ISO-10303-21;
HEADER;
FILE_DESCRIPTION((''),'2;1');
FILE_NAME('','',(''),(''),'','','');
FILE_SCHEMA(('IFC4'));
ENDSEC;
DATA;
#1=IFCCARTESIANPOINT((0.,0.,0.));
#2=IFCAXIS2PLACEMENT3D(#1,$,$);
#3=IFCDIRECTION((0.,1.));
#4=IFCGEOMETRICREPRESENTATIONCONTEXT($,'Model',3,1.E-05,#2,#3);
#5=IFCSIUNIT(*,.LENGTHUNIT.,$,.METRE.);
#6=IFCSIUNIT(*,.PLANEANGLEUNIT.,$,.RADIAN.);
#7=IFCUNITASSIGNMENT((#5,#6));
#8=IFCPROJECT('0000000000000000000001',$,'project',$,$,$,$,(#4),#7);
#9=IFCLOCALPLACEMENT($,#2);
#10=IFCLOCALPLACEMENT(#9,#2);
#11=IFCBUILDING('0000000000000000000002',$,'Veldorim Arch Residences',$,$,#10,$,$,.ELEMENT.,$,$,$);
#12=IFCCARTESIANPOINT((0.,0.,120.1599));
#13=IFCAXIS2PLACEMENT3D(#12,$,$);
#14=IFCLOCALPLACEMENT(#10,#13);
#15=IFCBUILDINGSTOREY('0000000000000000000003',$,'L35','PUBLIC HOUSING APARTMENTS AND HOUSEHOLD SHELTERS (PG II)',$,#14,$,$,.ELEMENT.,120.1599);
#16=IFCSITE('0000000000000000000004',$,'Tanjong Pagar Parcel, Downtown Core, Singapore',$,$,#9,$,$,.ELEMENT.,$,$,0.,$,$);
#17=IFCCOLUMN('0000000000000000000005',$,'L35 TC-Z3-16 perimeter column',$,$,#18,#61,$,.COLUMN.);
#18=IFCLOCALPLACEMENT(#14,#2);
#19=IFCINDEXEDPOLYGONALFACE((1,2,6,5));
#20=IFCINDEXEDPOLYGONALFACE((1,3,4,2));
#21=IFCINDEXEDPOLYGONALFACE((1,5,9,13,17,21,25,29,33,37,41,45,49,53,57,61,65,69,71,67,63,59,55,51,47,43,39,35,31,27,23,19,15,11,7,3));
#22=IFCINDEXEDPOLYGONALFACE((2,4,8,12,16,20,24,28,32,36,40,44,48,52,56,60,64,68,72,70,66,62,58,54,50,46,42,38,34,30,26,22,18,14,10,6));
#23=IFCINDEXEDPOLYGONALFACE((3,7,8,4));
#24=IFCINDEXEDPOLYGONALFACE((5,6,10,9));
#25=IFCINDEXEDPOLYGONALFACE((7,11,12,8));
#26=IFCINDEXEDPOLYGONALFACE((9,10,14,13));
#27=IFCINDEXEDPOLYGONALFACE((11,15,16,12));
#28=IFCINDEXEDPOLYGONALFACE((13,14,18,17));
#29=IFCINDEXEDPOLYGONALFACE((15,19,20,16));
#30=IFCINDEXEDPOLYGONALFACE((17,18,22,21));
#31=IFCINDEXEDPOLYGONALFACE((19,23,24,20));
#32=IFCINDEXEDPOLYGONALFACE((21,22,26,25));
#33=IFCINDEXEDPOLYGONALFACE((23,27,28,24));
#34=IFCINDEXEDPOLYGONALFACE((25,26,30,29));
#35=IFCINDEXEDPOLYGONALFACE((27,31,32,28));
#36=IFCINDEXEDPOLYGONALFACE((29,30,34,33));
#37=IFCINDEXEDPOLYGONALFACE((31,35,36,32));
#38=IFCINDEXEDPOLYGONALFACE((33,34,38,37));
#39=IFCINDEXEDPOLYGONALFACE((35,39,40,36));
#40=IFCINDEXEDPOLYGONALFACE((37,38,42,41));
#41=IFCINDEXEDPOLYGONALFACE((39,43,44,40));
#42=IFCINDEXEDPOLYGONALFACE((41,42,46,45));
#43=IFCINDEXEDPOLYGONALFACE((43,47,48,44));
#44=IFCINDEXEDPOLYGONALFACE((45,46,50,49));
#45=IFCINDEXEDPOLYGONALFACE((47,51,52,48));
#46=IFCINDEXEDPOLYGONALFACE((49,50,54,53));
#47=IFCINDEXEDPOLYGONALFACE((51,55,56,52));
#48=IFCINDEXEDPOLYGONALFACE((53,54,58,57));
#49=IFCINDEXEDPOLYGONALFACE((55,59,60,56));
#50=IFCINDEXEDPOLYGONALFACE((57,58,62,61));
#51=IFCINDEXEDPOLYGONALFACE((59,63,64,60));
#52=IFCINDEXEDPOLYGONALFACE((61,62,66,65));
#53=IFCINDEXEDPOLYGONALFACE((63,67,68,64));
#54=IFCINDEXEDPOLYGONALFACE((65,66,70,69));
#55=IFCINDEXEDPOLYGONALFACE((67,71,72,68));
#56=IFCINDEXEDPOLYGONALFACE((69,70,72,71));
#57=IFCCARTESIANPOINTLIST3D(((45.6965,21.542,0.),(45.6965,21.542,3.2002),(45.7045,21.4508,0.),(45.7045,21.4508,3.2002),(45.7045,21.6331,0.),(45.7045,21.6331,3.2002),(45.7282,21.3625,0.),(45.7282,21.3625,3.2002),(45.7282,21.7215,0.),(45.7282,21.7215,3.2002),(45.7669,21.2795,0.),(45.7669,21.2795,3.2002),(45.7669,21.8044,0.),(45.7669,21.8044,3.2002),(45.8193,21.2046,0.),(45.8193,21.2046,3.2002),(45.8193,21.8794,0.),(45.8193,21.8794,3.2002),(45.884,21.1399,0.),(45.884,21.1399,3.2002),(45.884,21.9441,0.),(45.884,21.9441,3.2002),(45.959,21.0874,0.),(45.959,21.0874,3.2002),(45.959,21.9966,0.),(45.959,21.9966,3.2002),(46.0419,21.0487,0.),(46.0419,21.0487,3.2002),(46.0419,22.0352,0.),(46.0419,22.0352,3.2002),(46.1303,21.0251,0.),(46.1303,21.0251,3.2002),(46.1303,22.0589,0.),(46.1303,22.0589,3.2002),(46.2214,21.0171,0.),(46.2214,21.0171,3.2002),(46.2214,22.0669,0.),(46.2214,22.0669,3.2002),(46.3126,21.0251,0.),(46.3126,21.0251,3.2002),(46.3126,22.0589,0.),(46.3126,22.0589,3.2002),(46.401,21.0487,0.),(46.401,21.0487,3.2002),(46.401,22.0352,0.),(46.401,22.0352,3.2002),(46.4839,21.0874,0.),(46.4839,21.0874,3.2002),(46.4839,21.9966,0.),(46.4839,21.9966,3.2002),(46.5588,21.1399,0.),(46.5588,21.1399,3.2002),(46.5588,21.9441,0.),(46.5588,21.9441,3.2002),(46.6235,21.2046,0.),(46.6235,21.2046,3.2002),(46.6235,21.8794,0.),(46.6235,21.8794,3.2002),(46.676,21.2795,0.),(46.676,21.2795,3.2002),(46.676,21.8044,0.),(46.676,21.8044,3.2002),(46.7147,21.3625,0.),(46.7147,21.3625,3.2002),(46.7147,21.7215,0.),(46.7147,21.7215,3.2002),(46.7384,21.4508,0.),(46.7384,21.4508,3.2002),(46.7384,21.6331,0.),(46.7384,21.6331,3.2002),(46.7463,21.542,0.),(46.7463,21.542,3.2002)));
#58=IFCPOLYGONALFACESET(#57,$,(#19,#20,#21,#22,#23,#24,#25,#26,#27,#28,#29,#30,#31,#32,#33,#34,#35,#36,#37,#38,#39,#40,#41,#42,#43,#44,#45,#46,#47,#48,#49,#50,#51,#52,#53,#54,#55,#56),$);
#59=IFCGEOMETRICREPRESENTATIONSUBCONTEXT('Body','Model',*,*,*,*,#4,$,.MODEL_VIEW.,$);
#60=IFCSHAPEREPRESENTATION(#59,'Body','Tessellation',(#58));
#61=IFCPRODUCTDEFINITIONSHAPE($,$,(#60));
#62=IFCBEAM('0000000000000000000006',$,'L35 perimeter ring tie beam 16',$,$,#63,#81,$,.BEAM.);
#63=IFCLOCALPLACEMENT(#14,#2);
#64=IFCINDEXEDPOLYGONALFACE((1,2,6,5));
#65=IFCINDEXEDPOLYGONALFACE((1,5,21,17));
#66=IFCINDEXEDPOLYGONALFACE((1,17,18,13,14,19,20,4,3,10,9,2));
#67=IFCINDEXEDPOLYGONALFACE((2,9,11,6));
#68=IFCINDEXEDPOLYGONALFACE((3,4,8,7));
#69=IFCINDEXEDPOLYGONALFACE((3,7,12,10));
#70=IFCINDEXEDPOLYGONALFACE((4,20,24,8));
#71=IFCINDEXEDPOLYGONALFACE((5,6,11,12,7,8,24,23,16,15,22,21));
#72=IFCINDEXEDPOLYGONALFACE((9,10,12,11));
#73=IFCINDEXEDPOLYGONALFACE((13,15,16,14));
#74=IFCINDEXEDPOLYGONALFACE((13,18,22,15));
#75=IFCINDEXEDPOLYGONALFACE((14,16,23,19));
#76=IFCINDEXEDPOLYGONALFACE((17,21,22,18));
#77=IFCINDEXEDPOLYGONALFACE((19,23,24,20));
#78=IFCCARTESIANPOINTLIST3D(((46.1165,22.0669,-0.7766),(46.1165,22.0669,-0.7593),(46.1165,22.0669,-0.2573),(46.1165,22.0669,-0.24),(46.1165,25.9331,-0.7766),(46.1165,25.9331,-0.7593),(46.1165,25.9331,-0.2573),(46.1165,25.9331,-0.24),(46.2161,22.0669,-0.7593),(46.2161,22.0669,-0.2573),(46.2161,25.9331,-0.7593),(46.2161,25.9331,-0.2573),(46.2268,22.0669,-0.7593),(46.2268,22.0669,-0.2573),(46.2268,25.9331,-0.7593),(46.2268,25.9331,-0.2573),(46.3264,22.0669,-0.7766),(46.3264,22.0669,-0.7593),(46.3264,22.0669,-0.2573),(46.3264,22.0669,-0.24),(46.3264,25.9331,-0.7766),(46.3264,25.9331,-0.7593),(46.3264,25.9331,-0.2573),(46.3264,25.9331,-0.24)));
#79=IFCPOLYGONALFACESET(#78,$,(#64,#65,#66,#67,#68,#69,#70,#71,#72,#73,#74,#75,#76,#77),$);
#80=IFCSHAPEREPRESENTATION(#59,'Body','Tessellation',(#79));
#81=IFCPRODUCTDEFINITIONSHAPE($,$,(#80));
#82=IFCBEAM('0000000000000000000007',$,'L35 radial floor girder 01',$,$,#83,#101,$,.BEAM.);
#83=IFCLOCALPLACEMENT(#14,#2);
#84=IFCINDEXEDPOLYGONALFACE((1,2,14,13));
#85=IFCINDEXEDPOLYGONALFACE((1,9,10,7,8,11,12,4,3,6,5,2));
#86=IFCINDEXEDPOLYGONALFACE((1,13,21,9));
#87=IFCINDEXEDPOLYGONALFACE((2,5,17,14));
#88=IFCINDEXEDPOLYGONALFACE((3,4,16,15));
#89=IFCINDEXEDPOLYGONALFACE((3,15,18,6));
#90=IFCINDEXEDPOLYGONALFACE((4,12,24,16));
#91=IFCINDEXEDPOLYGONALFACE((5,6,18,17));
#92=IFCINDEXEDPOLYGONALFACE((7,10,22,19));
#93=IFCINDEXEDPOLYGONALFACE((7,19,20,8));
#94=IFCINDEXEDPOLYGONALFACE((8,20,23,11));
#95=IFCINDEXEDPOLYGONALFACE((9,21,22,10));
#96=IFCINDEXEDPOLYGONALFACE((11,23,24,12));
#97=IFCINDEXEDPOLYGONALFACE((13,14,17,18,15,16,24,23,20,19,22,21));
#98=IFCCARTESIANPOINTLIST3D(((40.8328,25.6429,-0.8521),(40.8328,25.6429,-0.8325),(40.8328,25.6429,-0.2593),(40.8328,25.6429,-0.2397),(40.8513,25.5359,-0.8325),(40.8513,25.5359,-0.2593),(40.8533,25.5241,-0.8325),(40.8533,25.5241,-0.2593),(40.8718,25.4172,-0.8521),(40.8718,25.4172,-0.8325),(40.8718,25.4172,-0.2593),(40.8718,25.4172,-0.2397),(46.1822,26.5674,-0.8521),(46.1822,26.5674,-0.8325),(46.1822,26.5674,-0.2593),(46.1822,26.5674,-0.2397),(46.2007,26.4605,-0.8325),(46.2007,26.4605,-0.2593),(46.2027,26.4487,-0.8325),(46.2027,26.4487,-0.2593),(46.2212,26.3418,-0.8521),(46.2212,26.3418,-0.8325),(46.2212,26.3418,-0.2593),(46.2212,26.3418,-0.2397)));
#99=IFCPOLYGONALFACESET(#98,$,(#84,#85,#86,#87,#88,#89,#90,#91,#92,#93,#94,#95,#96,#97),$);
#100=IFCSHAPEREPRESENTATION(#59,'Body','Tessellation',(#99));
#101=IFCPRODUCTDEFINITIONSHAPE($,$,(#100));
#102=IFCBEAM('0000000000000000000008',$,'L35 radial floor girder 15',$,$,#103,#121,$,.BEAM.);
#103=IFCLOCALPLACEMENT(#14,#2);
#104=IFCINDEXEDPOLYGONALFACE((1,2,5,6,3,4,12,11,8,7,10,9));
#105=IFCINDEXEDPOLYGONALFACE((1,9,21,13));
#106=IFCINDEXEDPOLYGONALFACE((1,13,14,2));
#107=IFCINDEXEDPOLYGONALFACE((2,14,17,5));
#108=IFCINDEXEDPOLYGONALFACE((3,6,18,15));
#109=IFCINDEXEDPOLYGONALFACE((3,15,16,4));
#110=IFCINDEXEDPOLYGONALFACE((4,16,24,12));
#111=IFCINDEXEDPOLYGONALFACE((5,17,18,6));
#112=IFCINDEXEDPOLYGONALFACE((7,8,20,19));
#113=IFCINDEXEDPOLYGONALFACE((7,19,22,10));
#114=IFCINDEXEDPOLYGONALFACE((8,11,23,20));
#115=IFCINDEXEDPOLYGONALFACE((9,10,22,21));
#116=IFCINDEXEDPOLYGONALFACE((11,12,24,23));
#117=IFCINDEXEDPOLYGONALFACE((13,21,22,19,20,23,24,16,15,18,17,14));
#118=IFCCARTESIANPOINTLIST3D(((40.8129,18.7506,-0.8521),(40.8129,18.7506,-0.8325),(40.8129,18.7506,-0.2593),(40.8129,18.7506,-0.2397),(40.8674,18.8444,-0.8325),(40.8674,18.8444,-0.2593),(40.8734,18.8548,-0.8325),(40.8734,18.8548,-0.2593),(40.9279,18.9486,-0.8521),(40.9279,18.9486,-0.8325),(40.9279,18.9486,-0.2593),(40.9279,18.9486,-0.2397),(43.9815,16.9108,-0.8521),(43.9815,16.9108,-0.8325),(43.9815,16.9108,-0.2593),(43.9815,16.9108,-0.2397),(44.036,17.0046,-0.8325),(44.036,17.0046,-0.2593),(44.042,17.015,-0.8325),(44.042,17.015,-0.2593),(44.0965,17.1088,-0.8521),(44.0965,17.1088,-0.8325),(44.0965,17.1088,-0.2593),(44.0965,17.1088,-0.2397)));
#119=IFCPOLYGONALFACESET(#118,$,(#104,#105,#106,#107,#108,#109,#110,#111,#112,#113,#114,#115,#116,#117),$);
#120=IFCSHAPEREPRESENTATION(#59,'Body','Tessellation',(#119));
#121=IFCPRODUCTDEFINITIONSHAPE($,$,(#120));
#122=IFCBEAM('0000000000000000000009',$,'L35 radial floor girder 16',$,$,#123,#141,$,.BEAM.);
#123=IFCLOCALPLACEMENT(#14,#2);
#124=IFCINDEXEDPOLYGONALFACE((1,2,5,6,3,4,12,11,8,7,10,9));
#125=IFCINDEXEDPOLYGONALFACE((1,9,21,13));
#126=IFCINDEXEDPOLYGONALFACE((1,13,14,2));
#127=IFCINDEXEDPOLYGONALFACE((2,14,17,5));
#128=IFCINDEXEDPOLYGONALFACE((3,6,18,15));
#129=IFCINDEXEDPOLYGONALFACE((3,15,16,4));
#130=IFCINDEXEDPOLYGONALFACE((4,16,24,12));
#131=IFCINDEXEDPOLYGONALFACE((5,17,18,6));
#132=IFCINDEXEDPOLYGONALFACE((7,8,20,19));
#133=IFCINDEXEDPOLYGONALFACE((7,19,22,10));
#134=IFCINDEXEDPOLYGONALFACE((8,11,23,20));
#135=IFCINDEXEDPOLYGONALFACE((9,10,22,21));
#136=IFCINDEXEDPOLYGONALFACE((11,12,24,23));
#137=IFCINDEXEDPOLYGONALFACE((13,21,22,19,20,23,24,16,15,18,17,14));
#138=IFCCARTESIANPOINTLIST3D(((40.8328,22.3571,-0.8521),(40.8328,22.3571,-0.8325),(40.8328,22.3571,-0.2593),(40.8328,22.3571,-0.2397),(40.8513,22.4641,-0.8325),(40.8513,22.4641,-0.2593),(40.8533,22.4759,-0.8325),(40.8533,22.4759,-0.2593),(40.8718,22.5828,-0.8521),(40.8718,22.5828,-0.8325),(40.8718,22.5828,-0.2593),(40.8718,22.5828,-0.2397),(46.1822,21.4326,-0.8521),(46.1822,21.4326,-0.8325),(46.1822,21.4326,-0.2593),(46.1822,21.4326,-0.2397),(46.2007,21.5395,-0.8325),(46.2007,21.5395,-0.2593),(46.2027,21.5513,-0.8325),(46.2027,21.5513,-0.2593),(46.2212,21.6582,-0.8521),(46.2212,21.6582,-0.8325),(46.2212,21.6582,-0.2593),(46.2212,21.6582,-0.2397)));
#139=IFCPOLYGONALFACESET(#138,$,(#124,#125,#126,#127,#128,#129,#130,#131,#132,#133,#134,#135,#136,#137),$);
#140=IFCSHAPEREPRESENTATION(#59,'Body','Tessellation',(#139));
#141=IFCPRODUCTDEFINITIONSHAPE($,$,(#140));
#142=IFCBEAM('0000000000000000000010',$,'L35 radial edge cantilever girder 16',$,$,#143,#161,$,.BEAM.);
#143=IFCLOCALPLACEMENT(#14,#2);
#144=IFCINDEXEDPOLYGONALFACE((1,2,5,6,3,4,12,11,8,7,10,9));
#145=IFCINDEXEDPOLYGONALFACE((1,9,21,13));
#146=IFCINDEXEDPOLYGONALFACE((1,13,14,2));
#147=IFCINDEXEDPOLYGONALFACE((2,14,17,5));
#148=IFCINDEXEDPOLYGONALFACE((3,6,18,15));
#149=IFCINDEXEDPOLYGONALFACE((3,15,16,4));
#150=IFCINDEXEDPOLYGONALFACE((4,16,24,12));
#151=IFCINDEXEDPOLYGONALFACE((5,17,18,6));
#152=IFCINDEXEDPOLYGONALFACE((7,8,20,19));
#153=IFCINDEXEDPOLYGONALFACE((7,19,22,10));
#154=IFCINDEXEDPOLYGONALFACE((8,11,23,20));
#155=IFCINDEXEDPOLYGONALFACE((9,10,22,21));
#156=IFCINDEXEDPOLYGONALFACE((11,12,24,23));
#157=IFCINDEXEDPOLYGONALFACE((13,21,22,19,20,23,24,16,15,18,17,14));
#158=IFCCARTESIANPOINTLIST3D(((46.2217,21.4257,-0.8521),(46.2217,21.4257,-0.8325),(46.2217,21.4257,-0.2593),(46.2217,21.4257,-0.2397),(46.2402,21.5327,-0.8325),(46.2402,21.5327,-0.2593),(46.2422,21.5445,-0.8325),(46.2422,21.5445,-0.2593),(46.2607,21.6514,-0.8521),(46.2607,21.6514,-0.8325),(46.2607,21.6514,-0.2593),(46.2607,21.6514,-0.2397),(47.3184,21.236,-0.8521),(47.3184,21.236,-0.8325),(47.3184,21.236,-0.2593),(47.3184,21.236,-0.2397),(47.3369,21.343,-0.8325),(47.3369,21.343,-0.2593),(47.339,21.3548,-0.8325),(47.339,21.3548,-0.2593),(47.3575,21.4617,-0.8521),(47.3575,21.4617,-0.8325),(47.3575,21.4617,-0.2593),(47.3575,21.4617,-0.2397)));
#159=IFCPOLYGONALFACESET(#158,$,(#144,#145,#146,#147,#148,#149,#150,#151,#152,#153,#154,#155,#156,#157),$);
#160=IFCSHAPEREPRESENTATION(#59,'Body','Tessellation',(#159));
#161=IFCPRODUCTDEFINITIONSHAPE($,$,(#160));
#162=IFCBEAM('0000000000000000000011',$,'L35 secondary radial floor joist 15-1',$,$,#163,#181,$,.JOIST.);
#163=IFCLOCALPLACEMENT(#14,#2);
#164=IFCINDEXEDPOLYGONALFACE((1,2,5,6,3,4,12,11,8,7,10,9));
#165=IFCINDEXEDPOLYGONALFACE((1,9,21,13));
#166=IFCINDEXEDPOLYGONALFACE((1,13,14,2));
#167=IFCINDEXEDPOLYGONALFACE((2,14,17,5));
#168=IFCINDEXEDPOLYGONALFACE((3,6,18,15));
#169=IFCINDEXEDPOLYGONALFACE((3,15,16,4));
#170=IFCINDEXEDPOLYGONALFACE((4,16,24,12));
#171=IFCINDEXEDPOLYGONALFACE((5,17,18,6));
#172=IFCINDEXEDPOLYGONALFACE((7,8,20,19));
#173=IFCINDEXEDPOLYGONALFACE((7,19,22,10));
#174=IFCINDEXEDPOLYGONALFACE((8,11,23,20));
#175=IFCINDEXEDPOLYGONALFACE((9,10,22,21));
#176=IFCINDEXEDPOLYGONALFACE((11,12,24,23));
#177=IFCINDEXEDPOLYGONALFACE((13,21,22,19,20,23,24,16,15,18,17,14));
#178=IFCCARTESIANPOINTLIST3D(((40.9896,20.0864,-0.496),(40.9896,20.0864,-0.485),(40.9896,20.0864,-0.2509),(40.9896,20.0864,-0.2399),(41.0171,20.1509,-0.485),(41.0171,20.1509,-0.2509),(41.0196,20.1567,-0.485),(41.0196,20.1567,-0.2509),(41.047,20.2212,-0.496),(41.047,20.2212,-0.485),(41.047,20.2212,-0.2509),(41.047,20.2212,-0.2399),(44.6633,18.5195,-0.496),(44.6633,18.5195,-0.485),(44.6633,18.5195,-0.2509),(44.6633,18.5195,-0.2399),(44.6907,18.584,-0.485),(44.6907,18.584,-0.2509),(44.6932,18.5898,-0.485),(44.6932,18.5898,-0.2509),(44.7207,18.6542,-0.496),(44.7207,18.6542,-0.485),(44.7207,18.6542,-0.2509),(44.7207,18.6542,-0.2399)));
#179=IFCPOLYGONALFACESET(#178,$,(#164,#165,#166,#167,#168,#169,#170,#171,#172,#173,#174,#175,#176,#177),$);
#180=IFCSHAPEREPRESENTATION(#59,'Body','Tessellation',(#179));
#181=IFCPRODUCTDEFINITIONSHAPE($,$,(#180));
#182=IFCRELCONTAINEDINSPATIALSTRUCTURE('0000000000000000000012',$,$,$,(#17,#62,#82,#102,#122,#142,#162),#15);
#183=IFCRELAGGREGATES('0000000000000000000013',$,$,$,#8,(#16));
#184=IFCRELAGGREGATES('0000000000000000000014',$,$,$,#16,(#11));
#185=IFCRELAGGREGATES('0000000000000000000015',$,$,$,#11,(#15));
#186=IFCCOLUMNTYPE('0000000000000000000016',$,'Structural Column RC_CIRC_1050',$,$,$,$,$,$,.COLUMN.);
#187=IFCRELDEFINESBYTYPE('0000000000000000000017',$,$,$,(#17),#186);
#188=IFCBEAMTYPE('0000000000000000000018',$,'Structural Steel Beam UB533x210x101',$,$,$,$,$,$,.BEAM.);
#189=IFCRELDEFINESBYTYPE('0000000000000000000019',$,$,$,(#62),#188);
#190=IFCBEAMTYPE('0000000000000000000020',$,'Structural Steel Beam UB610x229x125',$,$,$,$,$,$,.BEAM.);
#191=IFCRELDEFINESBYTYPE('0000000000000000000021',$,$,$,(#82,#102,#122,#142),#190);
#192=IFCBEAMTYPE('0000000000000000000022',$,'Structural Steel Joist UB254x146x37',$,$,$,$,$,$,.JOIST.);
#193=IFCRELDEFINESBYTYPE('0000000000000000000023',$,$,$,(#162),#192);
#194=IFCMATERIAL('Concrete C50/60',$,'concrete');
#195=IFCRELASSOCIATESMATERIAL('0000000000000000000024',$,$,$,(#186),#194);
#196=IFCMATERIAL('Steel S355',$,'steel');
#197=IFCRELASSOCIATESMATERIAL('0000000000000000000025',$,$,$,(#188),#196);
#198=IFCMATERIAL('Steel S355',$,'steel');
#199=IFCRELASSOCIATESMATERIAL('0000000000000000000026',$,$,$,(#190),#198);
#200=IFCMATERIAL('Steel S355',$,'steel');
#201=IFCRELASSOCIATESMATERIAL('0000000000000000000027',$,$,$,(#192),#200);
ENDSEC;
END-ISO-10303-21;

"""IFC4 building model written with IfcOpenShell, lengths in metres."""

from ifc_helpers import new_model, si_unit, direction, frame, origin, origin_2d, place, context, subcontext, project, spatial, circle, i_section, extrude, material, material_profile, profile_set, type_object, element, save


model = new_model("IFC4")

# Units and contexts
model_context = context("Model", 3, precision=1e-05, world=origin(), true_north=direction((0.0, 1.0)))
body_context = subcontext(model_context, "Body", "Model", "MODEL_VIEW")
ifc_project = project(units=[si_unit("LENGTHUNIT", "METRE"), si_unit("PLANEANGLEUNIT", "RADIAN")], contexts=[model_context])

# Site, building, storey
site_placement = place(None, origin())
site = spatial("IfcSite", under=ifc_project, at=site_placement, Name="Tanjong Pagar Parcel, Downtown Core, Singapore", CompositionType="ELEMENT", RefElevation=0.0)
building_placement = place(site_placement, origin())
building = spatial("IfcBuilding", under=site, at=building_placement, Name="Veldorim Arch Residences", CompositionType="ELEMENT")
storey_placement = place(building_placement, frame((0.0, 0.0, 120.1599)))
storey = spatial("IfcBuildingStorey", under=building, at=storey_placement, Name="L35", Description="PUBLIC HOUSING APARTMENTS AND HOUSEHOLD SHELTERS (PG II)", CompositionType="ELEMENT", Elevation=120.1599)

# Column
ifc_material_1 = material(Name="Concrete C50/60", Category="concrete")
ifc_material_profile_1 = material_profile(ifc_material_1, circle(Radius=0.5249, at=origin_2d()), Name="RC_CIRC_1050")
ifc_profile_set_1 = profile_set([ifc_material_profile_1], Name="Concrete C50/60")
column_type = type_object("IfcColumnType", Name="Structural Column RC_CIRC_1050", PredefinedType="COLUMN", material=ifc_profile_set_1)
column_placement = place(storey_placement, frame((46.2214, 21.542, 0.0), z_axis=(0.0, 0.0, 1.0), x_axis=(1.0, 0.0, 0.0)))
element("IfcColumn", 1, at=column_placement, inside=storey, type_object=column_type, Name="L35 TC-Z3-16 perimeter column", PredefinedType="COLUMN", context=body_context, shape_type="SweptSolid", body=[
    extrude(circle(Radius=0.5249, at=origin_2d()), origin(), (0.0, 0.0, 1.0), 3.2002),
])

# Beams
ifc_material_2 = material(Name="Steel S355", Category="steel")
ifc_material_profile_2 = material_profile(ifc_material_2, i_section(OverallWidth=0.21, OverallDepth=0.5366, WebThickness=0.0107, FlangeThickness=0.0173, at=origin_2d()), Name="UB533x210x101")
ifc_profile_set_2 = profile_set([ifc_material_profile_2], Name="Steel S355")
beam_type_1 = type_object("IfcBeamType", Name="Structural Steel Beam UB533x210x101", PredefinedType="BEAM", material=ifc_profile_set_2)
beam_1_placement = place(storey_placement, frame((46.2214, 22.0669, -0.5083), z_axis=(0.0, 1.0, 0.0), x_axis=(-1.0, 0.0, 0.0)))
element("IfcBeam", 2, at=beam_1_placement, inside=storey, type_object=beam_type_1, Name="L35 perimeter ring tie beam 16", PredefinedType="BEAM", context=body_context, shape_type="SweptSolid", body=[
    extrude(i_section(OverallWidth=0.21, OverallDepth=0.5366, WebThickness=0.0107, FlangeThickness=0.0173, at=origin_2d()), origin(), (0.0, 0.0, 1.0), 3.8662),
])
ifc_material_3 = material(Name="Steel S355", Category="steel")
ifc_material_profile_3 = material_profile(ifc_material_3, i_section(OverallWidth=0.229, OverallDepth=0.6123, WebThickness=0.012, FlangeThickness=0.0195, at=origin_2d()), Name="UB610x229x125")
ifc_profile_set_3 = profile_set([ifc_material_profile_3], Name="Steel S355")
beam_type_2 = type_object("IfcBeamType", Name="Structural Steel Beam UB610x229x125", PredefinedType="BEAM", material=ifc_profile_set_3)
beam_2_placement = place(storey_placement, frame((40.8523, 25.53, -0.5459), z_axis=(0.98539, 0.170311, 0.0), x_axis=(-0.170311, 0.98539, 0.0)))
element("IfcBeam", 3, at=beam_2_placement, inside=storey, type_object=beam_type_2, Name="L35 radial floor girder 01", PredefinedType="BEAM", context=body_context, shape_type="SweptSolid", body=[
    extrude(i_section(OverallWidth=0.229, OverallDepth=0.6123, WebThickness=0.012, FlangeThickness=0.0195, at=origin_2d()), origin(), (0.0, 0.0, 1.0), 5.4287),
])
beam_3_placement = place(storey_placement, frame((40.8704, 18.8496, -0.5459), z_axis=(0.864795, -0.502126, 0.0), x_axis=(0.502126, 0.864795, 0.0)))
element("IfcBeam", 4, at=beam_3_placement, inside=storey, type_object=beam_type_2, Name="L35 radial floor girder 15", PredefinedType="BEAM", context=body_context, shape_type="SweptSolid", body=[
    extrude(i_section(OverallWidth=0.229, OverallDepth=0.6123, WebThickness=0.012, FlangeThickness=0.0195, at=origin_2d()), origin(), (0.0, 0.0, 1.0), 3.6641),
])
beam_4_placement = place(storey_placement, frame((40.8523, 22.47, -0.5459), z_axis=(0.98539, -0.170311, 0.0), x_axis=(0.170311, 0.98539, 0.0)))
element("IfcBeam", 5, at=beam_4_placement, inside=storey, type_object=beam_type_2, Name="L35 radial floor girder 16", PredefinedType="BEAM", context=body_context, shape_type="SweptSolid", body=[
    extrude(i_section(OverallWidth=0.229, OverallDepth=0.6123, WebThickness=0.012, FlangeThickness=0.0195, at=origin_2d()), origin(), (0.0, 0.0, 1.0), 5.4287),
])
beam_5_placement = place(storey_placement, frame((46.2412, 21.5386, -0.5459), z_axis=(0.985368, -0.170443, 0.0), x_axis=(0.170443, 0.985368, 0.0)))
element("IfcBeam", 6, at=beam_5_placement, inside=storey, type_object=beam_type_2, Name="L35 radial edge cantilever girder 16", PredefinedType="BEAM", context=body_context, shape_type="SweptSolid", body=[
    extrude(i_section(OverallWidth=0.229, OverallDepth=0.6123, WebThickness=0.012, FlangeThickness=0.0195, at=origin_2d()), origin(), (0.0, 0.0, 1.0), 1.113),
])
ifc_material_4 = material(Name="Steel S355", Category="steel")
ifc_material_profile_4 = material_profile(ifc_material_4, i_section(OverallWidth=0.1465, OverallDepth=0.2561, WebThickness=0.0063, FlangeThickness=0.011, at=origin_2d()), Name="UB254x146x37")
ifc_profile_set_4 = profile_set([ifc_material_profile_4], Name="Steel S355")
beam_type_3 = type_object("IfcBeamType", Name="Structural Steel Joist UB254x146x37", PredefinedType="JOIST", material=ifc_profile_set_4)
beam_6_placement = place(storey_placement, frame((41.0183, 20.1538, -0.3679), z_axis=(0.919823, -0.392332, 0.0), x_axis=(0.392332, 0.919823, 0.0)))
element("IfcBeam", 7, at=beam_6_placement, inside=storey, type_object=beam_type_3, Name="L35 secondary radial floor joist 15-1", PredefinedType="JOIST", context=body_context, shape_type="SweptSolid", body=[
    extrude(i_section(OverallWidth=0.1465, OverallDepth=0.2561, WebThickness=0.0063, FlangeThickness=0.011, at=origin_2d()), origin(), (0.0, 0.0, 1.0), 3.9939),
])

save(model, "model.ifc")
